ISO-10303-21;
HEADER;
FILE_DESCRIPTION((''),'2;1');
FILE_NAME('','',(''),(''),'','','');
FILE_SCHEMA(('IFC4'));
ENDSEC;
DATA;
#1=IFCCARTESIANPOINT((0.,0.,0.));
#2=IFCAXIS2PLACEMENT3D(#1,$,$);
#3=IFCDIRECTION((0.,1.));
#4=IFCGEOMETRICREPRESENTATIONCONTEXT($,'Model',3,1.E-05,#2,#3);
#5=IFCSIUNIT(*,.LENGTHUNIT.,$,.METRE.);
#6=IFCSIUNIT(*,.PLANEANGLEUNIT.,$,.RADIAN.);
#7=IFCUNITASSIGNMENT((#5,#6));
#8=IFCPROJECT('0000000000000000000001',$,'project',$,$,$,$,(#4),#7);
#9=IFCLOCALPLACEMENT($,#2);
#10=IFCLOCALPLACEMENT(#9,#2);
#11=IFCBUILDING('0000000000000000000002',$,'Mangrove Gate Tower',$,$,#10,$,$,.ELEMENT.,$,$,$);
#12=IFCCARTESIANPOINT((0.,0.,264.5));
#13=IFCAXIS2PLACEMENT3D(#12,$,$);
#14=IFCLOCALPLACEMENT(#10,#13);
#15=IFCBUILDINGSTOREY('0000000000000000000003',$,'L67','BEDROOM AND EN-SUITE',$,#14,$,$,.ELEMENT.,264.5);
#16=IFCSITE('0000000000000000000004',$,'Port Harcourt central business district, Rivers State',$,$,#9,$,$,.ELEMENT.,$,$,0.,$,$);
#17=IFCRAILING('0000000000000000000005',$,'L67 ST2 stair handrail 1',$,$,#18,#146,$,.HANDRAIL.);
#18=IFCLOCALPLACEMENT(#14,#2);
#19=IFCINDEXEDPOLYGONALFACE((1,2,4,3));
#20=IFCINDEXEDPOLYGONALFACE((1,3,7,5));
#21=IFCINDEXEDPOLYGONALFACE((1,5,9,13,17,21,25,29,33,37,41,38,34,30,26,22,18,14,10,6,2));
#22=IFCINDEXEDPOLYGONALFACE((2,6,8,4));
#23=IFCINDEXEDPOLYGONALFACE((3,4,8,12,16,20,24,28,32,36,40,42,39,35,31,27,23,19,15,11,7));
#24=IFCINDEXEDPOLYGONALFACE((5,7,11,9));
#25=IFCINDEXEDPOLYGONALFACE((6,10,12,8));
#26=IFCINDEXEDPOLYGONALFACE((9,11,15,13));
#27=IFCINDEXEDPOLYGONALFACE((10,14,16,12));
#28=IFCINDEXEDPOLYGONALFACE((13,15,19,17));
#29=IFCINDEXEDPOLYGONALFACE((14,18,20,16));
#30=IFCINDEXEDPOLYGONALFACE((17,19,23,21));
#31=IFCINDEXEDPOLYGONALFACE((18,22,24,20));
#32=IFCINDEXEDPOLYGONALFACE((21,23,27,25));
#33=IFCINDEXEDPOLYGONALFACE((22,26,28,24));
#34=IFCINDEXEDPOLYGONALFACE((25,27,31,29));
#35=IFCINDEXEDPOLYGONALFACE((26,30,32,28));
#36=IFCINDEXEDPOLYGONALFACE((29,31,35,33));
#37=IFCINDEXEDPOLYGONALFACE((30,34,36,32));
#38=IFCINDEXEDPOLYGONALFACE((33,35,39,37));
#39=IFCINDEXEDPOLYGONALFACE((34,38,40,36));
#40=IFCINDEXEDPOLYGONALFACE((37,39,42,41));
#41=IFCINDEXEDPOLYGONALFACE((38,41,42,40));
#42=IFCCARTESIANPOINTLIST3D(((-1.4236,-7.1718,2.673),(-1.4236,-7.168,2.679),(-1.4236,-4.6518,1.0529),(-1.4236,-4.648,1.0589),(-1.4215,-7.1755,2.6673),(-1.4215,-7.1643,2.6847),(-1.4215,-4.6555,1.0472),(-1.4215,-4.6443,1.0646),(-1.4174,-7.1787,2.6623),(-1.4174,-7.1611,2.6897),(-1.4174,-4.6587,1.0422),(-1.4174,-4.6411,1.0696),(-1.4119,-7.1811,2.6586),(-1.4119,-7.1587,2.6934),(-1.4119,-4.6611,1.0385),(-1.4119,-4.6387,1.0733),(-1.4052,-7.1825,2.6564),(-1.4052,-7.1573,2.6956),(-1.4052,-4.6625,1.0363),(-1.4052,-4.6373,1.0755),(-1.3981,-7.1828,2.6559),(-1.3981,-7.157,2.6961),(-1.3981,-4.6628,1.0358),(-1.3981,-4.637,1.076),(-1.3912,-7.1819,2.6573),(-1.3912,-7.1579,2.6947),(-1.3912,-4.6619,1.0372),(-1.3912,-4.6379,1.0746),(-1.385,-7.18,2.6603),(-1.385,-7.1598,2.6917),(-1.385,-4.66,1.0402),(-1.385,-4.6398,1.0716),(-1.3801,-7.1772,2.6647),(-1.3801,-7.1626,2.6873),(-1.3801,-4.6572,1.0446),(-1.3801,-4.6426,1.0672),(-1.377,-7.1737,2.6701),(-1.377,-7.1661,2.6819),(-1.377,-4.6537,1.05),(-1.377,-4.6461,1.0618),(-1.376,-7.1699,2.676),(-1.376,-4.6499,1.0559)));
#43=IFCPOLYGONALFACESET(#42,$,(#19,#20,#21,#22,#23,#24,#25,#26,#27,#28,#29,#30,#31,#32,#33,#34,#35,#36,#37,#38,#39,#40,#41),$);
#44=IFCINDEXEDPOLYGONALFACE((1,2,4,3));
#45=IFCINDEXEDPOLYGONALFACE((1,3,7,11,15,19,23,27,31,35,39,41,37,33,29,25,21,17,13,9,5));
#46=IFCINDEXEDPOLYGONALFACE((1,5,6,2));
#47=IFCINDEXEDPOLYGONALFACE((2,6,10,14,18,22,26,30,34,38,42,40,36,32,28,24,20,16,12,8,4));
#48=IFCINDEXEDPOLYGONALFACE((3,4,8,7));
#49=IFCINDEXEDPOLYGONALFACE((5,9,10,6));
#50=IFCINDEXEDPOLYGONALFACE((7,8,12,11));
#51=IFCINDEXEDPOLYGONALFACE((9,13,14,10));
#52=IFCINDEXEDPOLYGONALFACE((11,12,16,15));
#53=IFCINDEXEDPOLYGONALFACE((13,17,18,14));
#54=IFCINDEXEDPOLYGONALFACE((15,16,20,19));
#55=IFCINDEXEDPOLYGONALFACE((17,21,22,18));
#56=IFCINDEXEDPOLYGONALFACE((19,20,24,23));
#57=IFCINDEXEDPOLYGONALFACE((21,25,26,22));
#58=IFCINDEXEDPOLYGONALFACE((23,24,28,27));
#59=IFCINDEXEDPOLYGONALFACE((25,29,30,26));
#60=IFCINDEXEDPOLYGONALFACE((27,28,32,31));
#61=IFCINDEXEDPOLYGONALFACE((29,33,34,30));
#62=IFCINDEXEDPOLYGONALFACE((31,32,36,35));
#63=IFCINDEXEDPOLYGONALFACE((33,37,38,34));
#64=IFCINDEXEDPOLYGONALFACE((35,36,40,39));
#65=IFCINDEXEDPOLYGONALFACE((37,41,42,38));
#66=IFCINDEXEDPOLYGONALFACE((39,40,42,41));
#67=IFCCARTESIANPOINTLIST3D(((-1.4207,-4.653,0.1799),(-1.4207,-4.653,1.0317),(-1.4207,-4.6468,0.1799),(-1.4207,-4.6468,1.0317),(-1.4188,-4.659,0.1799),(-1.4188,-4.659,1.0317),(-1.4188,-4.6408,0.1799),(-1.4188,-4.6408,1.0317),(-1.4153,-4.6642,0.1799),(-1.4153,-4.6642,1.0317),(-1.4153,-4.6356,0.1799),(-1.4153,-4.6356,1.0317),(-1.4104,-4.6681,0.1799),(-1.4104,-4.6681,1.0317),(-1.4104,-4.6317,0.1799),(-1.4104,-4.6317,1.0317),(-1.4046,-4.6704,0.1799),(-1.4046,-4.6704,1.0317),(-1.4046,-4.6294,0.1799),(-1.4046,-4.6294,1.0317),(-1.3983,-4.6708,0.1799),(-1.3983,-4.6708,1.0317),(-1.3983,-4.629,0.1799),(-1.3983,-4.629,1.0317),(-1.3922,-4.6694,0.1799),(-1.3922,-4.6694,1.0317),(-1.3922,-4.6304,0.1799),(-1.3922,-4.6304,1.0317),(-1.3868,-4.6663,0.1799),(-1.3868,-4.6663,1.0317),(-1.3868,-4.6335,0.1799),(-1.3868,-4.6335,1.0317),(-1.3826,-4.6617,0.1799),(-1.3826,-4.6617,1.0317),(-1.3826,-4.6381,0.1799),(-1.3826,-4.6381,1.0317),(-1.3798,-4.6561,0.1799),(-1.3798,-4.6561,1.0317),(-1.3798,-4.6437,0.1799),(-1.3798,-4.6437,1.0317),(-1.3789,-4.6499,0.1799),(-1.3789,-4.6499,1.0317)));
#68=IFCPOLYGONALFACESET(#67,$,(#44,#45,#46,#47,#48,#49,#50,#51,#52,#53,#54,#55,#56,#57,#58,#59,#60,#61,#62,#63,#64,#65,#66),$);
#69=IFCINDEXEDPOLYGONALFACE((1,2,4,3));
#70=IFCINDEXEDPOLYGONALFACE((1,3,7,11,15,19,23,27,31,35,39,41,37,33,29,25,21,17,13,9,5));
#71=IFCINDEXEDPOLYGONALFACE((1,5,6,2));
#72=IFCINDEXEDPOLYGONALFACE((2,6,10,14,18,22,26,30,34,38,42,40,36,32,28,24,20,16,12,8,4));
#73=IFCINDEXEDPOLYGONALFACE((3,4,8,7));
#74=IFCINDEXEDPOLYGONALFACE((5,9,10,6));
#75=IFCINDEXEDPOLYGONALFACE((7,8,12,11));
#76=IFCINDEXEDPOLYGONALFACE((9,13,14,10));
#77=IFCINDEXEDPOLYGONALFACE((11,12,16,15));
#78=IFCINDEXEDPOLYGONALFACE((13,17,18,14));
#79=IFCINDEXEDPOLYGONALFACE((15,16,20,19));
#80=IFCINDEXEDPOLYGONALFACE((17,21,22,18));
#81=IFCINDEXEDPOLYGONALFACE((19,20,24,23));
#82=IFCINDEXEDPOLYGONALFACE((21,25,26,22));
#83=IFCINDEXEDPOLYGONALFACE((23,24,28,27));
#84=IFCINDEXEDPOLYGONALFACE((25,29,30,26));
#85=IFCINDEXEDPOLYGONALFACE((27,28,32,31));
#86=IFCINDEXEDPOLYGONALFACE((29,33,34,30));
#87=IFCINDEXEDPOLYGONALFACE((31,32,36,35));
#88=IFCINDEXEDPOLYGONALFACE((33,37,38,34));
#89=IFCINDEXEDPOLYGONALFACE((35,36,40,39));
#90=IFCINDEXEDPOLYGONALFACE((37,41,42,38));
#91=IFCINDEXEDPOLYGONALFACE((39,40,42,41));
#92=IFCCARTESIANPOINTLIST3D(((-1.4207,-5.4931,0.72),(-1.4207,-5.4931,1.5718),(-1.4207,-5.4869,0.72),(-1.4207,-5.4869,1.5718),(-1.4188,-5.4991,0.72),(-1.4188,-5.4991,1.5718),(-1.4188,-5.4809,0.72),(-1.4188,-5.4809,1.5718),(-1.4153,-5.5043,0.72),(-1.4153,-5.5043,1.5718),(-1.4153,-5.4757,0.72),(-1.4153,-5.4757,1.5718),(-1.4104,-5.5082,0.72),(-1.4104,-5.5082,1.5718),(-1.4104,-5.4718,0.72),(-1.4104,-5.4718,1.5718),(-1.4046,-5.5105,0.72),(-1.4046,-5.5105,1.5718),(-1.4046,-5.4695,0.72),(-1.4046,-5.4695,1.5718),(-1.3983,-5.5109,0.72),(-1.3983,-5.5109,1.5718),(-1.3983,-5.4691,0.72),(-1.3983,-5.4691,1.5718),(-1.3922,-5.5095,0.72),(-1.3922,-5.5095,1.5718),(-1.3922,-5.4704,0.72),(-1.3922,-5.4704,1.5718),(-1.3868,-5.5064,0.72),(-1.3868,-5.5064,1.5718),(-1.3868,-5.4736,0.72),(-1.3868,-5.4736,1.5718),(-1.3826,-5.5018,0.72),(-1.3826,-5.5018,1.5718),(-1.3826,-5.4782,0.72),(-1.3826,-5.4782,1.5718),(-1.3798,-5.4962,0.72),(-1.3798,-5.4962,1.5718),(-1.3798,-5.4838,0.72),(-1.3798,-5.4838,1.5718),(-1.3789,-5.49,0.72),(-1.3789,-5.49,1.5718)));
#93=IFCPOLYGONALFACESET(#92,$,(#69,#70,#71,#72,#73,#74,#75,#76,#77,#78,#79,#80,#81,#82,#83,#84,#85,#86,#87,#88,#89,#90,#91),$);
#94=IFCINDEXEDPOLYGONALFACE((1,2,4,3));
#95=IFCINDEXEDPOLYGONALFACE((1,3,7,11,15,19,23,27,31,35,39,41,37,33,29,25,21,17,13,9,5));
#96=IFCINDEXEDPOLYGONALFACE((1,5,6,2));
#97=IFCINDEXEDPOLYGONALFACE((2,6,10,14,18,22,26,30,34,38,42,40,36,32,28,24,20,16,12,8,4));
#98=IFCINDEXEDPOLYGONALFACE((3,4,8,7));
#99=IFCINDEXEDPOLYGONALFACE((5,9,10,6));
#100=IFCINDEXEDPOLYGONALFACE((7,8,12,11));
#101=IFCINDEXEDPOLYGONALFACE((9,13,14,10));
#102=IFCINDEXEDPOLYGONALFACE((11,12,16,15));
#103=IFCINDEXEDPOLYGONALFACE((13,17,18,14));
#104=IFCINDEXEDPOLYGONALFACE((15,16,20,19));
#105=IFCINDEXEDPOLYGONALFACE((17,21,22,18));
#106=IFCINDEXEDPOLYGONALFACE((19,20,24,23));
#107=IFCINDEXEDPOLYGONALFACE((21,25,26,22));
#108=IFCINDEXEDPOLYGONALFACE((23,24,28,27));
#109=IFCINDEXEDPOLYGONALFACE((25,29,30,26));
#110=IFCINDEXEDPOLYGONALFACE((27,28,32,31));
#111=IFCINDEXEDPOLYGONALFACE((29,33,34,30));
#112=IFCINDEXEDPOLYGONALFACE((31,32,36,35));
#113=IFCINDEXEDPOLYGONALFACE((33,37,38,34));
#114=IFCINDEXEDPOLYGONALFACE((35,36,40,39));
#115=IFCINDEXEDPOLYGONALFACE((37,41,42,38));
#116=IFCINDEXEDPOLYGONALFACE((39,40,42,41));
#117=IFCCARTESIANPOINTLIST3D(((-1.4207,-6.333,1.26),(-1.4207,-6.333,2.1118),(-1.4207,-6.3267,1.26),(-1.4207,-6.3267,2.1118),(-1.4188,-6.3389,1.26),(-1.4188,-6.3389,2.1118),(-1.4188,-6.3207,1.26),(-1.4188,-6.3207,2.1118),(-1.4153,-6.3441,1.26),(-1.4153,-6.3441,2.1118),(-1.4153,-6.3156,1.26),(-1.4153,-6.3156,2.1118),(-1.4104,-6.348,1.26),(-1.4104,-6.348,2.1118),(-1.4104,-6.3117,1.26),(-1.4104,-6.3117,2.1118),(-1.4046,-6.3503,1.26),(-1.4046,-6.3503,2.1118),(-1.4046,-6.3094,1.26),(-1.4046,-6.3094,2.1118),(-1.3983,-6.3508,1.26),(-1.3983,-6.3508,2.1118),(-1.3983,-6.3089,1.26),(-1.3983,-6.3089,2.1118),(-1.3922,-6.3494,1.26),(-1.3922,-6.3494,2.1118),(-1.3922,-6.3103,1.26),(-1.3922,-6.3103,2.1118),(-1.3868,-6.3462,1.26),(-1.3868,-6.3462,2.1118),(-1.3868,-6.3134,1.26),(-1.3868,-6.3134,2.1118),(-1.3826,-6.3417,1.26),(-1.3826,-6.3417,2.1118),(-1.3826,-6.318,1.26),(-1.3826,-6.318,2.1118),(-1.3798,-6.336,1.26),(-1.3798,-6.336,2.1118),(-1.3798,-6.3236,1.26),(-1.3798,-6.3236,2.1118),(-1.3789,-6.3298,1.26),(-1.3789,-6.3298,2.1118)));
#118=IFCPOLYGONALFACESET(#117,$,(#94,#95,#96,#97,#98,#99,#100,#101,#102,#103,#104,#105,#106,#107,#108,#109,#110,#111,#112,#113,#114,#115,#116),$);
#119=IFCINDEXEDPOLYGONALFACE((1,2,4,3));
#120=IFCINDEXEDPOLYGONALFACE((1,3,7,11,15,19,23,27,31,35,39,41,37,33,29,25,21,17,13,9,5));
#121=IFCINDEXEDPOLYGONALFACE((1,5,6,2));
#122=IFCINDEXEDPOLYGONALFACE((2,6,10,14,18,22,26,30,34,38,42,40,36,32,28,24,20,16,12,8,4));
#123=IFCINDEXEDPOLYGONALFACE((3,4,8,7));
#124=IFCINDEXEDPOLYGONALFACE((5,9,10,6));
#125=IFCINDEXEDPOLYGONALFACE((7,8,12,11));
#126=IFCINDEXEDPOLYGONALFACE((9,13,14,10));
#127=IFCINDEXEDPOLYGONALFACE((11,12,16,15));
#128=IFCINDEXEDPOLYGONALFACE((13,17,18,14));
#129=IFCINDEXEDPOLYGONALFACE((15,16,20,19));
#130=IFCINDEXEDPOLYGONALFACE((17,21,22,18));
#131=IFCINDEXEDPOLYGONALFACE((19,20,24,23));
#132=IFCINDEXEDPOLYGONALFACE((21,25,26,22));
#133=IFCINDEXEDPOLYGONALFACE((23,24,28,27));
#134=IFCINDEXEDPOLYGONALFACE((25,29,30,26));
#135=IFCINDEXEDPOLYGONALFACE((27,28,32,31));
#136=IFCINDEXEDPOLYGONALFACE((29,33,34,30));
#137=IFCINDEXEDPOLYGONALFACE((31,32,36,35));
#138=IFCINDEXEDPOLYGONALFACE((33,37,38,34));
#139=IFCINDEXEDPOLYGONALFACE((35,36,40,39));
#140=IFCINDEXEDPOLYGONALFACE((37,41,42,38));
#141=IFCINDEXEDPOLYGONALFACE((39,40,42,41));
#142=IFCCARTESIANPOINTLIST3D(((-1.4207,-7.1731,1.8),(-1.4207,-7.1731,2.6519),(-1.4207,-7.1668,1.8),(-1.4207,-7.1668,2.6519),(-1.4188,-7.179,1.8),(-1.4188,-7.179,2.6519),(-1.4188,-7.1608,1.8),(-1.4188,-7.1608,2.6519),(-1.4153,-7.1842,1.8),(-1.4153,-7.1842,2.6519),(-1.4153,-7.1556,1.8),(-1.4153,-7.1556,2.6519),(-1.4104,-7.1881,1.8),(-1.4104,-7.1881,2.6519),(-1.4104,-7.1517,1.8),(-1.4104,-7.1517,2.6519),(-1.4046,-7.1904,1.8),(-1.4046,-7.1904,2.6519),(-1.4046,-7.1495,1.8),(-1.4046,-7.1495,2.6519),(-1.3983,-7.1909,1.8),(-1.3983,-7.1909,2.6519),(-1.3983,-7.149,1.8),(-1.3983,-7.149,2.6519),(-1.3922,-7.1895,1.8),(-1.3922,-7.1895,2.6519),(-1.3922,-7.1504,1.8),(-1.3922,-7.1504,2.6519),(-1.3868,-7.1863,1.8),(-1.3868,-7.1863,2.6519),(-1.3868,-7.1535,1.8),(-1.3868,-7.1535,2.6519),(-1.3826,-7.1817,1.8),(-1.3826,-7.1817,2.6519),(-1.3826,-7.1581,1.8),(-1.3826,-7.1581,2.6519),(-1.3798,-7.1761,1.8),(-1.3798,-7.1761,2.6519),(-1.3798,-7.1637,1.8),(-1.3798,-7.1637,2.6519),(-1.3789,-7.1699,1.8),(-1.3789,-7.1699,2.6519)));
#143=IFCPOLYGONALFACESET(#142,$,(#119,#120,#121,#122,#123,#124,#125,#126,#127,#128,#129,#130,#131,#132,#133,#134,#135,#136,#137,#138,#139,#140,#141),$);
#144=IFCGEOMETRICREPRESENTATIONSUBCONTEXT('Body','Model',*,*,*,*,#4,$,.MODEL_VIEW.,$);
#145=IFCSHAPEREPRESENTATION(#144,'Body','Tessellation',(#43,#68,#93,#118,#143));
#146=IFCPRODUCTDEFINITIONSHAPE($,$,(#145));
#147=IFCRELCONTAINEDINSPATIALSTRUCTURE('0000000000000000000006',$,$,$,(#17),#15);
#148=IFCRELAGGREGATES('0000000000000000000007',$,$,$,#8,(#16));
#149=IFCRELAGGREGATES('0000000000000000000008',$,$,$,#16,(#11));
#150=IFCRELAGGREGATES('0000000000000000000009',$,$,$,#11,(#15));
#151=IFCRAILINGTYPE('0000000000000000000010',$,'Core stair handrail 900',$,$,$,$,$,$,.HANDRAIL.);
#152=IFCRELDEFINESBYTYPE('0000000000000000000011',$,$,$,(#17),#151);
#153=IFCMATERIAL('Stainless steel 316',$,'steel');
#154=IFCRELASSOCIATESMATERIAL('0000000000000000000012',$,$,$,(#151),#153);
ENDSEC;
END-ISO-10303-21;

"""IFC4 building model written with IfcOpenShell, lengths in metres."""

from ifc_helpers import new_model, si_unit, direction, frame, origin, origin_2d, place, context, subcontext, project, spatial, circle, extrude, material, type_object, element, save


model = new_model("IFC4")

# Units and contexts
model_context = context("Model", 3, precision=1e-05, world=origin(), true_north=direction((0.0, 1.0)))
body_context = subcontext(model_context, "Body", "Model", "MODEL_VIEW")
ifc_project = project(units=[si_unit("LENGTHUNIT", "METRE"), si_unit("PLANEANGLEUNIT", "RADIAN")], contexts=[model_context])

# Site, building, storey
site_placement = place(None, origin())
site = spatial("IfcSite", under=ifc_project, at=site_placement, Name="Port Harcourt central business district, Rivers State", CompositionType="ELEMENT", RefElevation=0.0)
building_placement = place(site_placement, origin())
building = spatial("IfcBuilding", under=site, at=building_placement, Name="Mangrove Gate Tower", CompositionType="ELEMENT")
storey_placement = place(building_placement, frame((0.0, 0.0, 264.5)))
storey = spatial("IfcBuildingStorey", under=building, at=storey_placement, Name="L67", Description="BEDROOM AND EN-SUITE", CompositionType="ELEMENT", Elevation=264.5)

# Railing
ifc_material_1 = material(Name="Stainless steel 316", Category="steel")
railing_type_1 = type_object("IfcRailingType", Name="Core stair handrail 900", PredefinedType="HANDRAIL", material=ifc_material_1)
railing_1_placement = place(storey_placement, frame((-1.3999, -4.6499, 0.1799)))
element("IfcRailing", 1, at=railing_1_placement, inside=storey, type_object=railing_type_1, Name="L67 ST2 stair handrail 1", PredefinedType="HANDRAIL", context=body_context, shape_type="SweptSolid", body=[
    extrude(circle(Radius=0.0239, at=origin_2d()), frame((0.0, 0.0, 0.876), z_axis=(0.0, -0.841163, 0.540782), x_axis=(1.0, 0.0, 0.0)), (0.0, 0.0, 1.0), 2.9958),
    extrude(circle(Radius=0.021, at=origin_2d()), origin(), (0.0, 0.0, 1.0), 0.8518),
    extrude(circle(Radius=0.021, at=origin_2d()), frame((0.0, -0.8401, 0.54)), (0.0, 0.0, 1.0), 0.8518),
    extrude(circle(Radius=0.021, at=origin_2d()), frame((0.0, -1.6799, 1.0801)), (0.0, 0.0, 1.0), 0.8518),
    extrude(circle(Radius=0.021, at=origin_2d()), frame((0.0, -2.52, 1.6201)), (0.0, 0.0, 1.0), 0.8518),
])

save(model, "model.ifc")
